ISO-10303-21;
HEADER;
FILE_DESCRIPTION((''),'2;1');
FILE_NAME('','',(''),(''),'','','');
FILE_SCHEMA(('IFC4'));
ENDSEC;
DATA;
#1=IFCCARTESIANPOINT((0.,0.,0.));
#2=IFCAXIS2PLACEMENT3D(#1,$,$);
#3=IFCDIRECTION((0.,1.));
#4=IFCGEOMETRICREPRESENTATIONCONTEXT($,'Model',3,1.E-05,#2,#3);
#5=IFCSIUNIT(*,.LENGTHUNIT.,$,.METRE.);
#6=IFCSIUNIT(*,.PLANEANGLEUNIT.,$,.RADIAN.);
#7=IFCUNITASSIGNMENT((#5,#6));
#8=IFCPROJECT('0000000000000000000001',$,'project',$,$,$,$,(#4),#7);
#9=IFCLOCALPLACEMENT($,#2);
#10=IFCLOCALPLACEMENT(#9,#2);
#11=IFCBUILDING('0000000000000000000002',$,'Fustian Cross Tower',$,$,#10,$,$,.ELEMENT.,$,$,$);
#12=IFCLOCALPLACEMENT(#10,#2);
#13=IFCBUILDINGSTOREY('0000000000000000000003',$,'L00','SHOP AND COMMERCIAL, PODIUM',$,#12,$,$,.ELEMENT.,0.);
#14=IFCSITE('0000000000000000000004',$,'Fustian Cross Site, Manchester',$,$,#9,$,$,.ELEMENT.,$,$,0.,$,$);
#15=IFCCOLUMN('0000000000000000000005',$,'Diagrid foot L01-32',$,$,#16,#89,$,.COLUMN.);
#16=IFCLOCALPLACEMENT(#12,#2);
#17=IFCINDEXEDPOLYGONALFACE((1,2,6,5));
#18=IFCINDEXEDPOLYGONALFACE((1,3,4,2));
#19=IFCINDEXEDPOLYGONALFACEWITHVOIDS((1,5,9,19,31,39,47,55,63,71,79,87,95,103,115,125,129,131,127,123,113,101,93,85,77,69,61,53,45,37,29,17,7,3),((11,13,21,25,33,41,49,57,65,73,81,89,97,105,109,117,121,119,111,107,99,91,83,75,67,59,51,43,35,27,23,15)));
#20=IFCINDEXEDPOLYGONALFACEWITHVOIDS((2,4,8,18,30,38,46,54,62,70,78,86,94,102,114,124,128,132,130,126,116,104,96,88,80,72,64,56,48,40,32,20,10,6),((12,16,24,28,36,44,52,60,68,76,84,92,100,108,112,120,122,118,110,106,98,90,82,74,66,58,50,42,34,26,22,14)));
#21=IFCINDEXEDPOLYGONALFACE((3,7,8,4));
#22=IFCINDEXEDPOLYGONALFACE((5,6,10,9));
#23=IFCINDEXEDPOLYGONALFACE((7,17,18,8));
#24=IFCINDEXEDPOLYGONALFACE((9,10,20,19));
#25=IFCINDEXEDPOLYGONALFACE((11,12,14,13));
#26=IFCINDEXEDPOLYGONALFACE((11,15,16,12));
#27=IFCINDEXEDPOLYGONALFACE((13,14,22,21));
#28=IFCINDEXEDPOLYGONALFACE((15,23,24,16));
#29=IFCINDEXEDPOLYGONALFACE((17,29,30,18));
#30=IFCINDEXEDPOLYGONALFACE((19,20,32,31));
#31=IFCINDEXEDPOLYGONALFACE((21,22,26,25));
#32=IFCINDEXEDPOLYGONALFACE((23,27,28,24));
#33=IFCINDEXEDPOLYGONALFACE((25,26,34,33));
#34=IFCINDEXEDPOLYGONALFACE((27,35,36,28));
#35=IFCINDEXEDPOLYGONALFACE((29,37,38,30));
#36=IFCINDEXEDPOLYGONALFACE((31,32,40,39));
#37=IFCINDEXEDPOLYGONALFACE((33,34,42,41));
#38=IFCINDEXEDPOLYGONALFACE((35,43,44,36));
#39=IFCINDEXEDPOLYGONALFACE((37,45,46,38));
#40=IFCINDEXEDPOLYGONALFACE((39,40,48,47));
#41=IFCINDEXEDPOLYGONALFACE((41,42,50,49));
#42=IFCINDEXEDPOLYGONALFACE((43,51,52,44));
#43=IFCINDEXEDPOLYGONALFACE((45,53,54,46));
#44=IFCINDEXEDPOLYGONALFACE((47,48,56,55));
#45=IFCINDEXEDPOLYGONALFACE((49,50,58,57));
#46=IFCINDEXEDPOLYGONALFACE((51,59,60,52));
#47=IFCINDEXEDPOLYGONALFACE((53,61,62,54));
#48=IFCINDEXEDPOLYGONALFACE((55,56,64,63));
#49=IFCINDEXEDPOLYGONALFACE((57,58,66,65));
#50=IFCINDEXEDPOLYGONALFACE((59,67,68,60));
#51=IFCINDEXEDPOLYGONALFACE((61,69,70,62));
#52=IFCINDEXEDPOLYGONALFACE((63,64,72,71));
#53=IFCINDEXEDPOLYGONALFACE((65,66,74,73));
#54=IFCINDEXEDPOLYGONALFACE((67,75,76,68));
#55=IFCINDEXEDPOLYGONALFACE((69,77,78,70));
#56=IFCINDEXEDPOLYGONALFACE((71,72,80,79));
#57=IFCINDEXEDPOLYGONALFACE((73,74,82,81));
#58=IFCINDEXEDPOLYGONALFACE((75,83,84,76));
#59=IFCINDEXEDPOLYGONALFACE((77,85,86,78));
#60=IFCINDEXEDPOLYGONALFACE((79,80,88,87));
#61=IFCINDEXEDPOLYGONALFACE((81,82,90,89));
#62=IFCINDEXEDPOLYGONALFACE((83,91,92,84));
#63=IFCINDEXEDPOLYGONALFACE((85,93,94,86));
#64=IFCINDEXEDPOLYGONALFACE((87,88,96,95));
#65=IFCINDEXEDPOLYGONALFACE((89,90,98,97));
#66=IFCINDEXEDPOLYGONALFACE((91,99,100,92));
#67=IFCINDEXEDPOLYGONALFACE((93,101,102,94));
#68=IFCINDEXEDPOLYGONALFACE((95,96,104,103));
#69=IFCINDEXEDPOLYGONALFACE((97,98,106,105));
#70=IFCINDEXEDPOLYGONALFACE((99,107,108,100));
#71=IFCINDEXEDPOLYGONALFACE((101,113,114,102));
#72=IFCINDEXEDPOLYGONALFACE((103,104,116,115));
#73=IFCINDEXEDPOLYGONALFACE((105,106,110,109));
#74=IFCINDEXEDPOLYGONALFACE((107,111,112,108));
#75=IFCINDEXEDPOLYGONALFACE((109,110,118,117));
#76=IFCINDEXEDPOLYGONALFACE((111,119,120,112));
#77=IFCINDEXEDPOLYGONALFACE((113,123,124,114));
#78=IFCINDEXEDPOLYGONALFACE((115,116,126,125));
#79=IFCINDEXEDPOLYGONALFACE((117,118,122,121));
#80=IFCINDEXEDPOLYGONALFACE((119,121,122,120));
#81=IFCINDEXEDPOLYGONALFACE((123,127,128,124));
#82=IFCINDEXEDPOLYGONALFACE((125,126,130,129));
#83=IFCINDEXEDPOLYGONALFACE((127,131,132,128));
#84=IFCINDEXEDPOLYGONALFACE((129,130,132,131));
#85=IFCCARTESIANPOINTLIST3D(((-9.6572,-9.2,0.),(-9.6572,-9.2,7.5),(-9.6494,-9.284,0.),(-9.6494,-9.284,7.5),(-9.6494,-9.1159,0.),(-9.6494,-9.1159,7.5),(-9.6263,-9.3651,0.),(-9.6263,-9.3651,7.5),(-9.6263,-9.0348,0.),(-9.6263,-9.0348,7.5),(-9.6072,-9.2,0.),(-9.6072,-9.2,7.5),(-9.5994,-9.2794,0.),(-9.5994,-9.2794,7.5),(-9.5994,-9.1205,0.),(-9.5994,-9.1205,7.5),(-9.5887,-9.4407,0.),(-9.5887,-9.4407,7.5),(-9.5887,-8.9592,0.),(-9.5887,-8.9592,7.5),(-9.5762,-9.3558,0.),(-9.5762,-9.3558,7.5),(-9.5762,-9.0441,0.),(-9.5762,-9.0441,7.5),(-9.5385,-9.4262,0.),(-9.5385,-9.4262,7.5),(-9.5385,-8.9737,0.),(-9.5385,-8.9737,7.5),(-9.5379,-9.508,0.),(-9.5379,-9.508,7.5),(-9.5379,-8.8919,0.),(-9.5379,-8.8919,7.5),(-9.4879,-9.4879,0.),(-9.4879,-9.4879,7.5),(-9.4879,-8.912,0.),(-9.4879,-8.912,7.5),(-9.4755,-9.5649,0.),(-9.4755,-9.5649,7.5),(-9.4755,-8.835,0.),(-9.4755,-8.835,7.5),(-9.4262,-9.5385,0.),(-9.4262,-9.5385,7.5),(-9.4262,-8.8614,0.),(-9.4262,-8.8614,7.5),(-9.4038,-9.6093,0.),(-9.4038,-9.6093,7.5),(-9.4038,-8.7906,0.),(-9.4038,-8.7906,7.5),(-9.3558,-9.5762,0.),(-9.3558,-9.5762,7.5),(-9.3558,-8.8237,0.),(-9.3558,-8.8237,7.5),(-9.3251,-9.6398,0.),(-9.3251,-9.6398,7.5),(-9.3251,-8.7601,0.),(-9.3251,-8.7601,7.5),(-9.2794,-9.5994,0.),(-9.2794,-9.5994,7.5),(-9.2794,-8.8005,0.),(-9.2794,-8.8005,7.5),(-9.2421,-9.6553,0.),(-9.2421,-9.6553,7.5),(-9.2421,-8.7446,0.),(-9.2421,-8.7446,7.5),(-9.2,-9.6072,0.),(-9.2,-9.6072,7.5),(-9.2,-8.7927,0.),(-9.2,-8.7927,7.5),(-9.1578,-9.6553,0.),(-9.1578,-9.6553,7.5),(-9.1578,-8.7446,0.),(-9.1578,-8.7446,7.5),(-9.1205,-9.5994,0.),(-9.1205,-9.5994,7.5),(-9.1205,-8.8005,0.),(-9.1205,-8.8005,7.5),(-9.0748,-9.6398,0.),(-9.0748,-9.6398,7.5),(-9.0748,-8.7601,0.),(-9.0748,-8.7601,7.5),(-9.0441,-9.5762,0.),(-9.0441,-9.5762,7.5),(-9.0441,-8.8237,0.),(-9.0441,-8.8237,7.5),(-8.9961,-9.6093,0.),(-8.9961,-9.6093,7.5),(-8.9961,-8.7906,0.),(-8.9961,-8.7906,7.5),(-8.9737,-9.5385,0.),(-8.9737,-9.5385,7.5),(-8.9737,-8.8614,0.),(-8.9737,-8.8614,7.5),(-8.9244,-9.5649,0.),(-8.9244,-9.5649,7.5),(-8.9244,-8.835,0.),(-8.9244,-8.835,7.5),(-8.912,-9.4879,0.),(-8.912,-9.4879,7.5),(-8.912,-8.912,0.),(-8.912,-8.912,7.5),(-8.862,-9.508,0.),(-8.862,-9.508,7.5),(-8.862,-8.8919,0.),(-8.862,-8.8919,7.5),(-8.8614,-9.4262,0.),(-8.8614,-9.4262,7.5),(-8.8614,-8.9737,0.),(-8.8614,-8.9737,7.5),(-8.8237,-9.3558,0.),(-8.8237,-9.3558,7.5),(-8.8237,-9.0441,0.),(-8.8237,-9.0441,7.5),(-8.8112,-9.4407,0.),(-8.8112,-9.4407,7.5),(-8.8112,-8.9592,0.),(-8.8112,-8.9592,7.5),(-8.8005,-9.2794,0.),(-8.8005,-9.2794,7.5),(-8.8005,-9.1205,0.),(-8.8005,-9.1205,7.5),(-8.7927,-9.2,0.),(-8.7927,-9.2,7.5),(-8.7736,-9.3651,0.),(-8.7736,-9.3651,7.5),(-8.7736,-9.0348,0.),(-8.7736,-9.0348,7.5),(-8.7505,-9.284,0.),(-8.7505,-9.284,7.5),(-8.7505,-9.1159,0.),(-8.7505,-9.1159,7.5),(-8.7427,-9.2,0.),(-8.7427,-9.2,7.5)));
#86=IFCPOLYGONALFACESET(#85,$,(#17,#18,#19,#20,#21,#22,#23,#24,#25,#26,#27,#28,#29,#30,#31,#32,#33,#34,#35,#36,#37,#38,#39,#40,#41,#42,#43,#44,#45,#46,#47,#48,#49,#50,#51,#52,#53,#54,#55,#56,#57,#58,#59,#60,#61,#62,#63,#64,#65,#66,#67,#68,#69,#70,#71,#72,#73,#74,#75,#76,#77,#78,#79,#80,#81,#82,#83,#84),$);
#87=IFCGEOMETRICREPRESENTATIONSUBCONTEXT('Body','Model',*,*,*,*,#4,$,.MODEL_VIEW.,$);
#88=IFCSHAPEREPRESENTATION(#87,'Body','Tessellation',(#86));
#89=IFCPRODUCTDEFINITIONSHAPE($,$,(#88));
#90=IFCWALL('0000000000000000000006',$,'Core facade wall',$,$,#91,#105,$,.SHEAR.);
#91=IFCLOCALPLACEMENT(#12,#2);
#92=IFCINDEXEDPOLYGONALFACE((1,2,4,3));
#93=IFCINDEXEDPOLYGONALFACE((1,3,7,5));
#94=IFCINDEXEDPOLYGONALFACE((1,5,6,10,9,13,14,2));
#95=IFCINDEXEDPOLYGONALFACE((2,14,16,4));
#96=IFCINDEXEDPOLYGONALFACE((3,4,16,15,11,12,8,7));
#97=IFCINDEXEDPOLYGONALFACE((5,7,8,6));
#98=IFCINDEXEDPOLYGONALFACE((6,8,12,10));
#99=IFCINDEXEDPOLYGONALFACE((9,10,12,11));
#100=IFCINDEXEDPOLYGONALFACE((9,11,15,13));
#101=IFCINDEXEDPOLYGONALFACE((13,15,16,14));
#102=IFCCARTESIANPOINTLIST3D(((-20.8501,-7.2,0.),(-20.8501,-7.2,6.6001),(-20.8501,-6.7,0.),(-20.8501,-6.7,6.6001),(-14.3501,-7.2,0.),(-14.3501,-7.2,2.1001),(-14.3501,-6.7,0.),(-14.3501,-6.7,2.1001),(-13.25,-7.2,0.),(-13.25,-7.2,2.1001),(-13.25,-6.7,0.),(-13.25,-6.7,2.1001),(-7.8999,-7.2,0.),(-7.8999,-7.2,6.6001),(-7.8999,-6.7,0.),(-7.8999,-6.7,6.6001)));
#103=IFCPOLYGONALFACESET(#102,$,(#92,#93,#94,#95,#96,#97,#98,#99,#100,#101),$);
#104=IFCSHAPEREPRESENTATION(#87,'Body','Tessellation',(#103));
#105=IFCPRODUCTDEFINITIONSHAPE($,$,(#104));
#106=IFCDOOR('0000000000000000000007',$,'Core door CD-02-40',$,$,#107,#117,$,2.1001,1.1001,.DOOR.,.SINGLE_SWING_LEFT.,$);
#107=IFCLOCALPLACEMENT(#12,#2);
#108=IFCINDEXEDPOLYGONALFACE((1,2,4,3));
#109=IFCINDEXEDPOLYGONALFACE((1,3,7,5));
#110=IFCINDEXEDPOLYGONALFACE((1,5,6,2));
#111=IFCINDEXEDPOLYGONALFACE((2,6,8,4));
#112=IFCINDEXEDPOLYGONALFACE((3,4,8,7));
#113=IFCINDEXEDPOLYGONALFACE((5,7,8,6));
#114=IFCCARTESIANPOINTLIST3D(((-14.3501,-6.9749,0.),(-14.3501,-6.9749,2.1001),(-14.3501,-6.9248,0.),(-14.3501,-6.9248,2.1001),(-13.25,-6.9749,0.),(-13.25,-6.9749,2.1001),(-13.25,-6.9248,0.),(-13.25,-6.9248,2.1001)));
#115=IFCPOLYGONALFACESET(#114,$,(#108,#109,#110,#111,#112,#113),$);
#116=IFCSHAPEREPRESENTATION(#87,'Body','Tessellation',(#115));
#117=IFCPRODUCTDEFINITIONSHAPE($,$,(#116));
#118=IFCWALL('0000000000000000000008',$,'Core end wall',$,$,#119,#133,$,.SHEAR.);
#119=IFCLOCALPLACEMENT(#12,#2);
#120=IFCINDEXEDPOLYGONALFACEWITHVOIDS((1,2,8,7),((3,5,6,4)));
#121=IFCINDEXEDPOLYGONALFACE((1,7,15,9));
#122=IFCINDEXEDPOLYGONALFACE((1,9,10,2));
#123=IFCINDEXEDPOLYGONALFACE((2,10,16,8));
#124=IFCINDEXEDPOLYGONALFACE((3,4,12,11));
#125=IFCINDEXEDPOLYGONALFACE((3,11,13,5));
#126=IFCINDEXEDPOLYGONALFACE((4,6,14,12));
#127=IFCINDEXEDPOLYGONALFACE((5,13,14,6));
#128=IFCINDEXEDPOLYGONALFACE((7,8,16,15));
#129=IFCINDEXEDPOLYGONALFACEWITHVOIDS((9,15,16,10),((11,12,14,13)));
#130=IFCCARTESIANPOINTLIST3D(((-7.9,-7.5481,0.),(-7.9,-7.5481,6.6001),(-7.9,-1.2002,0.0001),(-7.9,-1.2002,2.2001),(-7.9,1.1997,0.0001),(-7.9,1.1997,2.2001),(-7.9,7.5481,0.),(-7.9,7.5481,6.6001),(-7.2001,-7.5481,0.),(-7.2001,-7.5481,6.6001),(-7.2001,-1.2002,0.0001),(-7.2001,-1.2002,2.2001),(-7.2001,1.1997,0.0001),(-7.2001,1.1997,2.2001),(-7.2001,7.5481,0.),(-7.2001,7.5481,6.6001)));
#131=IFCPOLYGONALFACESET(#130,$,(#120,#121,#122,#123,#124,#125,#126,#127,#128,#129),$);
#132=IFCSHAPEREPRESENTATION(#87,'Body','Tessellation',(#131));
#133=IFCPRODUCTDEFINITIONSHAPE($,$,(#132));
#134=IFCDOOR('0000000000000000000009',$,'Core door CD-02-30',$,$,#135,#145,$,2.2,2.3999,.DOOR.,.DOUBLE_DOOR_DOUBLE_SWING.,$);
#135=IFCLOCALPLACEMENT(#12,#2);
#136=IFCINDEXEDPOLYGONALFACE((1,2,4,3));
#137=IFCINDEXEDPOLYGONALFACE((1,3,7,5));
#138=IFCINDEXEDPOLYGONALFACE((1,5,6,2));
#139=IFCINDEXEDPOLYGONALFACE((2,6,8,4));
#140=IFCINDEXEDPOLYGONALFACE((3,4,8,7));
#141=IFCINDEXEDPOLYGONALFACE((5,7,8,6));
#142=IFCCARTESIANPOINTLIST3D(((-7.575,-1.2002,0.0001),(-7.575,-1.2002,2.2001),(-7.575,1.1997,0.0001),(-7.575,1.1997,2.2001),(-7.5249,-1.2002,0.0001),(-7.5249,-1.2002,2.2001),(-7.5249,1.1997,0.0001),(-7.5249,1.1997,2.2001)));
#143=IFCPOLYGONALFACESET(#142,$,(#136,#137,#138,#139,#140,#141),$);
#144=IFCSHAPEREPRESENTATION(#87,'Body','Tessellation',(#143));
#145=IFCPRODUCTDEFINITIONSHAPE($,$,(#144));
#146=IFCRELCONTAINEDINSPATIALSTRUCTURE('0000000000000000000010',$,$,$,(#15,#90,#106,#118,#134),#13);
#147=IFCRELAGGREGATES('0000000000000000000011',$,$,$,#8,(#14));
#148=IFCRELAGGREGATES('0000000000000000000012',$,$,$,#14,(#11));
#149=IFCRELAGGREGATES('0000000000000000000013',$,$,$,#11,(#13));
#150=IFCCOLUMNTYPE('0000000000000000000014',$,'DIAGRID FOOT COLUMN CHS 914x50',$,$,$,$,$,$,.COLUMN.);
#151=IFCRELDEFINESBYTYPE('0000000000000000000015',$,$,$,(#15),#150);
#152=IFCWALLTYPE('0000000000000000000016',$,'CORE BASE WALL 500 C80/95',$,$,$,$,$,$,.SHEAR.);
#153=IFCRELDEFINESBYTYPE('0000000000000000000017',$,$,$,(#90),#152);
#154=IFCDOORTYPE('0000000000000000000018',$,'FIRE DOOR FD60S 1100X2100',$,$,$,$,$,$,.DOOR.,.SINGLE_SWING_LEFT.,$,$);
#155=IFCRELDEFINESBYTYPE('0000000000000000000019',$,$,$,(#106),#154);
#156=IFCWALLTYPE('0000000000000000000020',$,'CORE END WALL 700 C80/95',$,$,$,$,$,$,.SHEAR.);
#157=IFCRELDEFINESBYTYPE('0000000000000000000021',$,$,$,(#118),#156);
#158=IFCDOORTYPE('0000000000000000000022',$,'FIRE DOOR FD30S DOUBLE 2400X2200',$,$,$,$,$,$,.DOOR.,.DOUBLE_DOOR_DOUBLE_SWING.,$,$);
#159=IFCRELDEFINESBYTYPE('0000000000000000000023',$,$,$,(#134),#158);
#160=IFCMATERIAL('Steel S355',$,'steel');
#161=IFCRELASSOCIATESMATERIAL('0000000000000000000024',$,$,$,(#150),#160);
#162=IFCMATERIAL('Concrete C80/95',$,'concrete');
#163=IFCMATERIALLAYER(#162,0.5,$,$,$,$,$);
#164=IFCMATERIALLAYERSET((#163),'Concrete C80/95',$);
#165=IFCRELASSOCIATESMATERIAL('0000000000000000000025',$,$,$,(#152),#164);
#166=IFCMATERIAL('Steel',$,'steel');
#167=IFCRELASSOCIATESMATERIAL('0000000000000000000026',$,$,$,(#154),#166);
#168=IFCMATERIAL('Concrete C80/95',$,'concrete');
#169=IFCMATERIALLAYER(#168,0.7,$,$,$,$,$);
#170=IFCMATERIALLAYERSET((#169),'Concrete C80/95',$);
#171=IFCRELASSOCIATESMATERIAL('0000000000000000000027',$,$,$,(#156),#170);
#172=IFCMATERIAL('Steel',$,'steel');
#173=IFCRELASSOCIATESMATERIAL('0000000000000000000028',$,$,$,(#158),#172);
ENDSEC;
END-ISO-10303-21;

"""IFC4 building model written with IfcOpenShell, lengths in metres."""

from ifc_helpers import new_model, si_unit, direction, frame, frame_2d, origin, origin_2d, place, context, subcontext, project, spatial, rectangle, hollow_circle, extrude, material, layer, layer_set, material_profile, profile_set, type_object, element, fill, save


model = new_model("IFC4")

# Units and contexts
model_context = context("Model", 3, precision=1e-05, world=origin(), true_north=direction((0.0, 1.0)))
body_context = subcontext(model_context, "Body", "Model", "MODEL_VIEW")
ifc_project = project(units=[si_unit("LENGTHUNIT", "METRE"), si_unit("PLANEANGLEUNIT", "RADIAN")], contexts=[model_context])

# Site, building, storey
site_placement = place(None, origin())
site = spatial("IfcSite", under=ifc_project, at=site_placement, Name="Fustian Cross Site, Manchester", CompositionType="ELEMENT", RefElevation=0.0)
building_placement = place(site_placement, origin())
building = spatial("IfcBuilding", under=site, at=building_placement, Name="Fustian Cross Tower", CompositionType="ELEMENT")
storey_placement = place(building_placement, origin())
storey = spatial("IfcBuildingStorey", under=building, at=storey_placement, Name="L00", Description="SHOP AND COMMERCIAL, PODIUM", CompositionType="ELEMENT", Elevation=0.0)

# Column
ifc_material_1 = material(Name="Steel S355", Category="steel")
ifc_material_profile = material_profile(ifc_material_1, hollow_circle(Radius=0.4573, WallThickness=0.05, at=origin_2d()), Name="CHS 914x50")
ifc_profile_set = profile_set([ifc_material_profile], Name="Steel S355")
column_type = type_object("IfcColumnType", Name="DIAGRID FOOT COLUMN CHS 914x50", PredefinedType="COLUMN", material=ifc_profile_set)
column_placement = place(storey_placement, frame((-9.2, -9.2, 0.0), z_axis=(0.0, 0.0, 1.0), x_axis=(1.0, 0.0, 0.0)))
element("IfcColumn", 1, at=column_placement, inside=storey, type_object=column_type, Name="Diagrid foot L01-32", PredefinedType="COLUMN", context=body_context, shape_type="SweptSolid", body=[
    extrude(hollow_circle(Radius=0.4573, WallThickness=0.05, at=origin_2d()), origin(), (0.0, 0.0, 1.0), 7.5),
])

# Walls, openings, doors
ifc_material_2 = material(Name="Concrete C80/95", Category="concrete")
ifc_layer_1 = layer(ifc_material_2, 0.5)
ifc_layer_set_1 = layer_set([ifc_layer_1], Name="Concrete C80/95")
wall_type_1 = type_object("IfcWallType", Name="CORE BASE WALL 500 C80/95", PredefinedType="SHEAR", material=ifc_layer_set_1)
wall_1_placement = place(storey_placement, frame((-7.8999, -6.95, 0.0), z_axis=(0.0, 0.0, 1.0), x_axis=(-1.0, 0.0, 0.0)))
wall_1 = element("IfcWall", 2, at=wall_1_placement, inside=storey, type_object=wall_type_1, Name="Core facade wall", PredefinedType="SHEAR", context=body_context, shape_type="SweptSolid", body=[
    extrude(rectangle(XDim=12.9502, YDim=0.5, at=frame_2d((6.4751, 0.0))), origin(), (0.0, 0.0, 1.0), 6.6001),
])
opening_1_placement = place(wall_1_placement, frame((5.3501, 0.0, 0.0)))
opening_1 = element("IfcOpeningElement", 3, at=opening_1_placement, cuts=wall_1, PredefinedType="OPENING", context=body_context, shape_type="SweptSolid", body=[
    extrude(rectangle(XDim=1.1001, YDim=2.1001, at=frame_2d((0.55, 1.05))), frame((0.0, 0.26, 0.0), z_axis=(0.0, -1.0, 0.0), x_axis=(1.0, 0.0, 0.0)), (0.0, 0.0, 1.0), 0.52),
])
ifc_material_3 = material(Name="Steel", Category="steel")
door_type_1 = type_object("IfcDoorType", Name="FIRE DOOR FD60S 1100X2100", OperationType="SINGLE_SWING_LEFT", PredefinedType="DOOR", material=ifc_material_3)
door_1_placement = place(opening_1_placement, origin())
door_1 = element("IfcDoor", 4, at=door_1_placement, inside=storey, type_object=door_type_1, Name="Core door CD-02-40", OperationType="SINGLE_SWING_LEFT", OverallHeight=2.1001, OverallWidth=1.1001, PredefinedType="DOOR", context=body_context, shape_type="SweptSolid", body=[
    extrude(rectangle(XDim=1.1001, YDim=2.1001, at=frame_2d((0.55, 1.05))), frame((0.0, 0.0249, 0.0), z_axis=(0.0, -1.0, 0.0), x_axis=(1.0, 0.0, 0.0)), (0.0, 0.0, 1.0), 0.05),
])
fill(opening_1, door_1)
ifc_material_4 = material(Name="Concrete C80/95", Category="concrete")
ifc_layer_2 = layer(ifc_material_4, 0.7)
ifc_layer_set_2 = layer_set([ifc_layer_2], Name="Concrete C80/95")
wall_type_2 = type_object("IfcWallType", Name="CORE END WALL 700 C80/95", PredefinedType="SHEAR", material=ifc_layer_set_2)
wall_2_placement = place(storey_placement, frame((-7.55, -7.5481, 0.0), z_axis=(0.0, 0.0, 1.0), x_axis=(0.0, 1.0, 0.0)))
wall_2 = element("IfcWall", 5, at=wall_2_placement, inside=storey, type_object=wall_type_2, Name="Core end wall", PredefinedType="SHEAR", context=body_context, shape_type="SweptSolid", body=[
    extrude(rectangle(XDim=15.0962, YDim=0.7, at=frame_2d((7.5481, 0.0))), origin(), (0.0, 0.0, 1.0), 6.6001),
])
opening_2_placement = place(wall_2_placement, frame((6.3479, 0.0, 0.0)))
opening_2 = element("IfcOpeningElement", 6, at=opening_2_placement, cuts=wall_2, PredefinedType="OPENING", context=body_context, shape_type="SweptSolid", body=[
    extrude(rectangle(XDim=2.3999, YDim=2.2, at=frame_2d((1.2, 1.1001))), frame((0.0, 0.3599, 0.0), z_axis=(0.0, -1.0, 0.0), x_axis=(1.0, 0.0, 0.0)), (0.0, 0.0, 1.0), 0.72),
])
ifc_material_5 = material(Name="Steel", Category="steel")
door_type_2 = type_object("IfcDoorType", Name="FIRE DOOR FD30S DOUBLE 2400X2200", OperationType="DOUBLE_DOOR_DOUBLE_SWING", PredefinedType="DOOR", material=ifc_material_5)
door_2_placement = place(opening_2_placement, origin())
door_2 = element("IfcDoor", 7, at=door_2_placement, inside=storey, type_object=door_type_2, Name="Core door CD-02-30", OperationType="DOUBLE_DOOR_DOUBLE_SWING", OverallHeight=2.2, OverallWidth=2.3999, PredefinedType="DOOR", context=body_context, shape_type="SweptSolid", body=[
    extrude(rectangle(XDim=2.3999, YDim=2.2, at=frame_2d((1.2, 1.1001))), frame((0.0, 0.0249, 0.0), z_axis=(0.0, -1.0, 0.0), x_axis=(1.0, 0.0, 0.0)), (0.0, 0.0, 1.0), 0.05),
])
fill(opening_2, door_2)

save(model, "model.ifc")
